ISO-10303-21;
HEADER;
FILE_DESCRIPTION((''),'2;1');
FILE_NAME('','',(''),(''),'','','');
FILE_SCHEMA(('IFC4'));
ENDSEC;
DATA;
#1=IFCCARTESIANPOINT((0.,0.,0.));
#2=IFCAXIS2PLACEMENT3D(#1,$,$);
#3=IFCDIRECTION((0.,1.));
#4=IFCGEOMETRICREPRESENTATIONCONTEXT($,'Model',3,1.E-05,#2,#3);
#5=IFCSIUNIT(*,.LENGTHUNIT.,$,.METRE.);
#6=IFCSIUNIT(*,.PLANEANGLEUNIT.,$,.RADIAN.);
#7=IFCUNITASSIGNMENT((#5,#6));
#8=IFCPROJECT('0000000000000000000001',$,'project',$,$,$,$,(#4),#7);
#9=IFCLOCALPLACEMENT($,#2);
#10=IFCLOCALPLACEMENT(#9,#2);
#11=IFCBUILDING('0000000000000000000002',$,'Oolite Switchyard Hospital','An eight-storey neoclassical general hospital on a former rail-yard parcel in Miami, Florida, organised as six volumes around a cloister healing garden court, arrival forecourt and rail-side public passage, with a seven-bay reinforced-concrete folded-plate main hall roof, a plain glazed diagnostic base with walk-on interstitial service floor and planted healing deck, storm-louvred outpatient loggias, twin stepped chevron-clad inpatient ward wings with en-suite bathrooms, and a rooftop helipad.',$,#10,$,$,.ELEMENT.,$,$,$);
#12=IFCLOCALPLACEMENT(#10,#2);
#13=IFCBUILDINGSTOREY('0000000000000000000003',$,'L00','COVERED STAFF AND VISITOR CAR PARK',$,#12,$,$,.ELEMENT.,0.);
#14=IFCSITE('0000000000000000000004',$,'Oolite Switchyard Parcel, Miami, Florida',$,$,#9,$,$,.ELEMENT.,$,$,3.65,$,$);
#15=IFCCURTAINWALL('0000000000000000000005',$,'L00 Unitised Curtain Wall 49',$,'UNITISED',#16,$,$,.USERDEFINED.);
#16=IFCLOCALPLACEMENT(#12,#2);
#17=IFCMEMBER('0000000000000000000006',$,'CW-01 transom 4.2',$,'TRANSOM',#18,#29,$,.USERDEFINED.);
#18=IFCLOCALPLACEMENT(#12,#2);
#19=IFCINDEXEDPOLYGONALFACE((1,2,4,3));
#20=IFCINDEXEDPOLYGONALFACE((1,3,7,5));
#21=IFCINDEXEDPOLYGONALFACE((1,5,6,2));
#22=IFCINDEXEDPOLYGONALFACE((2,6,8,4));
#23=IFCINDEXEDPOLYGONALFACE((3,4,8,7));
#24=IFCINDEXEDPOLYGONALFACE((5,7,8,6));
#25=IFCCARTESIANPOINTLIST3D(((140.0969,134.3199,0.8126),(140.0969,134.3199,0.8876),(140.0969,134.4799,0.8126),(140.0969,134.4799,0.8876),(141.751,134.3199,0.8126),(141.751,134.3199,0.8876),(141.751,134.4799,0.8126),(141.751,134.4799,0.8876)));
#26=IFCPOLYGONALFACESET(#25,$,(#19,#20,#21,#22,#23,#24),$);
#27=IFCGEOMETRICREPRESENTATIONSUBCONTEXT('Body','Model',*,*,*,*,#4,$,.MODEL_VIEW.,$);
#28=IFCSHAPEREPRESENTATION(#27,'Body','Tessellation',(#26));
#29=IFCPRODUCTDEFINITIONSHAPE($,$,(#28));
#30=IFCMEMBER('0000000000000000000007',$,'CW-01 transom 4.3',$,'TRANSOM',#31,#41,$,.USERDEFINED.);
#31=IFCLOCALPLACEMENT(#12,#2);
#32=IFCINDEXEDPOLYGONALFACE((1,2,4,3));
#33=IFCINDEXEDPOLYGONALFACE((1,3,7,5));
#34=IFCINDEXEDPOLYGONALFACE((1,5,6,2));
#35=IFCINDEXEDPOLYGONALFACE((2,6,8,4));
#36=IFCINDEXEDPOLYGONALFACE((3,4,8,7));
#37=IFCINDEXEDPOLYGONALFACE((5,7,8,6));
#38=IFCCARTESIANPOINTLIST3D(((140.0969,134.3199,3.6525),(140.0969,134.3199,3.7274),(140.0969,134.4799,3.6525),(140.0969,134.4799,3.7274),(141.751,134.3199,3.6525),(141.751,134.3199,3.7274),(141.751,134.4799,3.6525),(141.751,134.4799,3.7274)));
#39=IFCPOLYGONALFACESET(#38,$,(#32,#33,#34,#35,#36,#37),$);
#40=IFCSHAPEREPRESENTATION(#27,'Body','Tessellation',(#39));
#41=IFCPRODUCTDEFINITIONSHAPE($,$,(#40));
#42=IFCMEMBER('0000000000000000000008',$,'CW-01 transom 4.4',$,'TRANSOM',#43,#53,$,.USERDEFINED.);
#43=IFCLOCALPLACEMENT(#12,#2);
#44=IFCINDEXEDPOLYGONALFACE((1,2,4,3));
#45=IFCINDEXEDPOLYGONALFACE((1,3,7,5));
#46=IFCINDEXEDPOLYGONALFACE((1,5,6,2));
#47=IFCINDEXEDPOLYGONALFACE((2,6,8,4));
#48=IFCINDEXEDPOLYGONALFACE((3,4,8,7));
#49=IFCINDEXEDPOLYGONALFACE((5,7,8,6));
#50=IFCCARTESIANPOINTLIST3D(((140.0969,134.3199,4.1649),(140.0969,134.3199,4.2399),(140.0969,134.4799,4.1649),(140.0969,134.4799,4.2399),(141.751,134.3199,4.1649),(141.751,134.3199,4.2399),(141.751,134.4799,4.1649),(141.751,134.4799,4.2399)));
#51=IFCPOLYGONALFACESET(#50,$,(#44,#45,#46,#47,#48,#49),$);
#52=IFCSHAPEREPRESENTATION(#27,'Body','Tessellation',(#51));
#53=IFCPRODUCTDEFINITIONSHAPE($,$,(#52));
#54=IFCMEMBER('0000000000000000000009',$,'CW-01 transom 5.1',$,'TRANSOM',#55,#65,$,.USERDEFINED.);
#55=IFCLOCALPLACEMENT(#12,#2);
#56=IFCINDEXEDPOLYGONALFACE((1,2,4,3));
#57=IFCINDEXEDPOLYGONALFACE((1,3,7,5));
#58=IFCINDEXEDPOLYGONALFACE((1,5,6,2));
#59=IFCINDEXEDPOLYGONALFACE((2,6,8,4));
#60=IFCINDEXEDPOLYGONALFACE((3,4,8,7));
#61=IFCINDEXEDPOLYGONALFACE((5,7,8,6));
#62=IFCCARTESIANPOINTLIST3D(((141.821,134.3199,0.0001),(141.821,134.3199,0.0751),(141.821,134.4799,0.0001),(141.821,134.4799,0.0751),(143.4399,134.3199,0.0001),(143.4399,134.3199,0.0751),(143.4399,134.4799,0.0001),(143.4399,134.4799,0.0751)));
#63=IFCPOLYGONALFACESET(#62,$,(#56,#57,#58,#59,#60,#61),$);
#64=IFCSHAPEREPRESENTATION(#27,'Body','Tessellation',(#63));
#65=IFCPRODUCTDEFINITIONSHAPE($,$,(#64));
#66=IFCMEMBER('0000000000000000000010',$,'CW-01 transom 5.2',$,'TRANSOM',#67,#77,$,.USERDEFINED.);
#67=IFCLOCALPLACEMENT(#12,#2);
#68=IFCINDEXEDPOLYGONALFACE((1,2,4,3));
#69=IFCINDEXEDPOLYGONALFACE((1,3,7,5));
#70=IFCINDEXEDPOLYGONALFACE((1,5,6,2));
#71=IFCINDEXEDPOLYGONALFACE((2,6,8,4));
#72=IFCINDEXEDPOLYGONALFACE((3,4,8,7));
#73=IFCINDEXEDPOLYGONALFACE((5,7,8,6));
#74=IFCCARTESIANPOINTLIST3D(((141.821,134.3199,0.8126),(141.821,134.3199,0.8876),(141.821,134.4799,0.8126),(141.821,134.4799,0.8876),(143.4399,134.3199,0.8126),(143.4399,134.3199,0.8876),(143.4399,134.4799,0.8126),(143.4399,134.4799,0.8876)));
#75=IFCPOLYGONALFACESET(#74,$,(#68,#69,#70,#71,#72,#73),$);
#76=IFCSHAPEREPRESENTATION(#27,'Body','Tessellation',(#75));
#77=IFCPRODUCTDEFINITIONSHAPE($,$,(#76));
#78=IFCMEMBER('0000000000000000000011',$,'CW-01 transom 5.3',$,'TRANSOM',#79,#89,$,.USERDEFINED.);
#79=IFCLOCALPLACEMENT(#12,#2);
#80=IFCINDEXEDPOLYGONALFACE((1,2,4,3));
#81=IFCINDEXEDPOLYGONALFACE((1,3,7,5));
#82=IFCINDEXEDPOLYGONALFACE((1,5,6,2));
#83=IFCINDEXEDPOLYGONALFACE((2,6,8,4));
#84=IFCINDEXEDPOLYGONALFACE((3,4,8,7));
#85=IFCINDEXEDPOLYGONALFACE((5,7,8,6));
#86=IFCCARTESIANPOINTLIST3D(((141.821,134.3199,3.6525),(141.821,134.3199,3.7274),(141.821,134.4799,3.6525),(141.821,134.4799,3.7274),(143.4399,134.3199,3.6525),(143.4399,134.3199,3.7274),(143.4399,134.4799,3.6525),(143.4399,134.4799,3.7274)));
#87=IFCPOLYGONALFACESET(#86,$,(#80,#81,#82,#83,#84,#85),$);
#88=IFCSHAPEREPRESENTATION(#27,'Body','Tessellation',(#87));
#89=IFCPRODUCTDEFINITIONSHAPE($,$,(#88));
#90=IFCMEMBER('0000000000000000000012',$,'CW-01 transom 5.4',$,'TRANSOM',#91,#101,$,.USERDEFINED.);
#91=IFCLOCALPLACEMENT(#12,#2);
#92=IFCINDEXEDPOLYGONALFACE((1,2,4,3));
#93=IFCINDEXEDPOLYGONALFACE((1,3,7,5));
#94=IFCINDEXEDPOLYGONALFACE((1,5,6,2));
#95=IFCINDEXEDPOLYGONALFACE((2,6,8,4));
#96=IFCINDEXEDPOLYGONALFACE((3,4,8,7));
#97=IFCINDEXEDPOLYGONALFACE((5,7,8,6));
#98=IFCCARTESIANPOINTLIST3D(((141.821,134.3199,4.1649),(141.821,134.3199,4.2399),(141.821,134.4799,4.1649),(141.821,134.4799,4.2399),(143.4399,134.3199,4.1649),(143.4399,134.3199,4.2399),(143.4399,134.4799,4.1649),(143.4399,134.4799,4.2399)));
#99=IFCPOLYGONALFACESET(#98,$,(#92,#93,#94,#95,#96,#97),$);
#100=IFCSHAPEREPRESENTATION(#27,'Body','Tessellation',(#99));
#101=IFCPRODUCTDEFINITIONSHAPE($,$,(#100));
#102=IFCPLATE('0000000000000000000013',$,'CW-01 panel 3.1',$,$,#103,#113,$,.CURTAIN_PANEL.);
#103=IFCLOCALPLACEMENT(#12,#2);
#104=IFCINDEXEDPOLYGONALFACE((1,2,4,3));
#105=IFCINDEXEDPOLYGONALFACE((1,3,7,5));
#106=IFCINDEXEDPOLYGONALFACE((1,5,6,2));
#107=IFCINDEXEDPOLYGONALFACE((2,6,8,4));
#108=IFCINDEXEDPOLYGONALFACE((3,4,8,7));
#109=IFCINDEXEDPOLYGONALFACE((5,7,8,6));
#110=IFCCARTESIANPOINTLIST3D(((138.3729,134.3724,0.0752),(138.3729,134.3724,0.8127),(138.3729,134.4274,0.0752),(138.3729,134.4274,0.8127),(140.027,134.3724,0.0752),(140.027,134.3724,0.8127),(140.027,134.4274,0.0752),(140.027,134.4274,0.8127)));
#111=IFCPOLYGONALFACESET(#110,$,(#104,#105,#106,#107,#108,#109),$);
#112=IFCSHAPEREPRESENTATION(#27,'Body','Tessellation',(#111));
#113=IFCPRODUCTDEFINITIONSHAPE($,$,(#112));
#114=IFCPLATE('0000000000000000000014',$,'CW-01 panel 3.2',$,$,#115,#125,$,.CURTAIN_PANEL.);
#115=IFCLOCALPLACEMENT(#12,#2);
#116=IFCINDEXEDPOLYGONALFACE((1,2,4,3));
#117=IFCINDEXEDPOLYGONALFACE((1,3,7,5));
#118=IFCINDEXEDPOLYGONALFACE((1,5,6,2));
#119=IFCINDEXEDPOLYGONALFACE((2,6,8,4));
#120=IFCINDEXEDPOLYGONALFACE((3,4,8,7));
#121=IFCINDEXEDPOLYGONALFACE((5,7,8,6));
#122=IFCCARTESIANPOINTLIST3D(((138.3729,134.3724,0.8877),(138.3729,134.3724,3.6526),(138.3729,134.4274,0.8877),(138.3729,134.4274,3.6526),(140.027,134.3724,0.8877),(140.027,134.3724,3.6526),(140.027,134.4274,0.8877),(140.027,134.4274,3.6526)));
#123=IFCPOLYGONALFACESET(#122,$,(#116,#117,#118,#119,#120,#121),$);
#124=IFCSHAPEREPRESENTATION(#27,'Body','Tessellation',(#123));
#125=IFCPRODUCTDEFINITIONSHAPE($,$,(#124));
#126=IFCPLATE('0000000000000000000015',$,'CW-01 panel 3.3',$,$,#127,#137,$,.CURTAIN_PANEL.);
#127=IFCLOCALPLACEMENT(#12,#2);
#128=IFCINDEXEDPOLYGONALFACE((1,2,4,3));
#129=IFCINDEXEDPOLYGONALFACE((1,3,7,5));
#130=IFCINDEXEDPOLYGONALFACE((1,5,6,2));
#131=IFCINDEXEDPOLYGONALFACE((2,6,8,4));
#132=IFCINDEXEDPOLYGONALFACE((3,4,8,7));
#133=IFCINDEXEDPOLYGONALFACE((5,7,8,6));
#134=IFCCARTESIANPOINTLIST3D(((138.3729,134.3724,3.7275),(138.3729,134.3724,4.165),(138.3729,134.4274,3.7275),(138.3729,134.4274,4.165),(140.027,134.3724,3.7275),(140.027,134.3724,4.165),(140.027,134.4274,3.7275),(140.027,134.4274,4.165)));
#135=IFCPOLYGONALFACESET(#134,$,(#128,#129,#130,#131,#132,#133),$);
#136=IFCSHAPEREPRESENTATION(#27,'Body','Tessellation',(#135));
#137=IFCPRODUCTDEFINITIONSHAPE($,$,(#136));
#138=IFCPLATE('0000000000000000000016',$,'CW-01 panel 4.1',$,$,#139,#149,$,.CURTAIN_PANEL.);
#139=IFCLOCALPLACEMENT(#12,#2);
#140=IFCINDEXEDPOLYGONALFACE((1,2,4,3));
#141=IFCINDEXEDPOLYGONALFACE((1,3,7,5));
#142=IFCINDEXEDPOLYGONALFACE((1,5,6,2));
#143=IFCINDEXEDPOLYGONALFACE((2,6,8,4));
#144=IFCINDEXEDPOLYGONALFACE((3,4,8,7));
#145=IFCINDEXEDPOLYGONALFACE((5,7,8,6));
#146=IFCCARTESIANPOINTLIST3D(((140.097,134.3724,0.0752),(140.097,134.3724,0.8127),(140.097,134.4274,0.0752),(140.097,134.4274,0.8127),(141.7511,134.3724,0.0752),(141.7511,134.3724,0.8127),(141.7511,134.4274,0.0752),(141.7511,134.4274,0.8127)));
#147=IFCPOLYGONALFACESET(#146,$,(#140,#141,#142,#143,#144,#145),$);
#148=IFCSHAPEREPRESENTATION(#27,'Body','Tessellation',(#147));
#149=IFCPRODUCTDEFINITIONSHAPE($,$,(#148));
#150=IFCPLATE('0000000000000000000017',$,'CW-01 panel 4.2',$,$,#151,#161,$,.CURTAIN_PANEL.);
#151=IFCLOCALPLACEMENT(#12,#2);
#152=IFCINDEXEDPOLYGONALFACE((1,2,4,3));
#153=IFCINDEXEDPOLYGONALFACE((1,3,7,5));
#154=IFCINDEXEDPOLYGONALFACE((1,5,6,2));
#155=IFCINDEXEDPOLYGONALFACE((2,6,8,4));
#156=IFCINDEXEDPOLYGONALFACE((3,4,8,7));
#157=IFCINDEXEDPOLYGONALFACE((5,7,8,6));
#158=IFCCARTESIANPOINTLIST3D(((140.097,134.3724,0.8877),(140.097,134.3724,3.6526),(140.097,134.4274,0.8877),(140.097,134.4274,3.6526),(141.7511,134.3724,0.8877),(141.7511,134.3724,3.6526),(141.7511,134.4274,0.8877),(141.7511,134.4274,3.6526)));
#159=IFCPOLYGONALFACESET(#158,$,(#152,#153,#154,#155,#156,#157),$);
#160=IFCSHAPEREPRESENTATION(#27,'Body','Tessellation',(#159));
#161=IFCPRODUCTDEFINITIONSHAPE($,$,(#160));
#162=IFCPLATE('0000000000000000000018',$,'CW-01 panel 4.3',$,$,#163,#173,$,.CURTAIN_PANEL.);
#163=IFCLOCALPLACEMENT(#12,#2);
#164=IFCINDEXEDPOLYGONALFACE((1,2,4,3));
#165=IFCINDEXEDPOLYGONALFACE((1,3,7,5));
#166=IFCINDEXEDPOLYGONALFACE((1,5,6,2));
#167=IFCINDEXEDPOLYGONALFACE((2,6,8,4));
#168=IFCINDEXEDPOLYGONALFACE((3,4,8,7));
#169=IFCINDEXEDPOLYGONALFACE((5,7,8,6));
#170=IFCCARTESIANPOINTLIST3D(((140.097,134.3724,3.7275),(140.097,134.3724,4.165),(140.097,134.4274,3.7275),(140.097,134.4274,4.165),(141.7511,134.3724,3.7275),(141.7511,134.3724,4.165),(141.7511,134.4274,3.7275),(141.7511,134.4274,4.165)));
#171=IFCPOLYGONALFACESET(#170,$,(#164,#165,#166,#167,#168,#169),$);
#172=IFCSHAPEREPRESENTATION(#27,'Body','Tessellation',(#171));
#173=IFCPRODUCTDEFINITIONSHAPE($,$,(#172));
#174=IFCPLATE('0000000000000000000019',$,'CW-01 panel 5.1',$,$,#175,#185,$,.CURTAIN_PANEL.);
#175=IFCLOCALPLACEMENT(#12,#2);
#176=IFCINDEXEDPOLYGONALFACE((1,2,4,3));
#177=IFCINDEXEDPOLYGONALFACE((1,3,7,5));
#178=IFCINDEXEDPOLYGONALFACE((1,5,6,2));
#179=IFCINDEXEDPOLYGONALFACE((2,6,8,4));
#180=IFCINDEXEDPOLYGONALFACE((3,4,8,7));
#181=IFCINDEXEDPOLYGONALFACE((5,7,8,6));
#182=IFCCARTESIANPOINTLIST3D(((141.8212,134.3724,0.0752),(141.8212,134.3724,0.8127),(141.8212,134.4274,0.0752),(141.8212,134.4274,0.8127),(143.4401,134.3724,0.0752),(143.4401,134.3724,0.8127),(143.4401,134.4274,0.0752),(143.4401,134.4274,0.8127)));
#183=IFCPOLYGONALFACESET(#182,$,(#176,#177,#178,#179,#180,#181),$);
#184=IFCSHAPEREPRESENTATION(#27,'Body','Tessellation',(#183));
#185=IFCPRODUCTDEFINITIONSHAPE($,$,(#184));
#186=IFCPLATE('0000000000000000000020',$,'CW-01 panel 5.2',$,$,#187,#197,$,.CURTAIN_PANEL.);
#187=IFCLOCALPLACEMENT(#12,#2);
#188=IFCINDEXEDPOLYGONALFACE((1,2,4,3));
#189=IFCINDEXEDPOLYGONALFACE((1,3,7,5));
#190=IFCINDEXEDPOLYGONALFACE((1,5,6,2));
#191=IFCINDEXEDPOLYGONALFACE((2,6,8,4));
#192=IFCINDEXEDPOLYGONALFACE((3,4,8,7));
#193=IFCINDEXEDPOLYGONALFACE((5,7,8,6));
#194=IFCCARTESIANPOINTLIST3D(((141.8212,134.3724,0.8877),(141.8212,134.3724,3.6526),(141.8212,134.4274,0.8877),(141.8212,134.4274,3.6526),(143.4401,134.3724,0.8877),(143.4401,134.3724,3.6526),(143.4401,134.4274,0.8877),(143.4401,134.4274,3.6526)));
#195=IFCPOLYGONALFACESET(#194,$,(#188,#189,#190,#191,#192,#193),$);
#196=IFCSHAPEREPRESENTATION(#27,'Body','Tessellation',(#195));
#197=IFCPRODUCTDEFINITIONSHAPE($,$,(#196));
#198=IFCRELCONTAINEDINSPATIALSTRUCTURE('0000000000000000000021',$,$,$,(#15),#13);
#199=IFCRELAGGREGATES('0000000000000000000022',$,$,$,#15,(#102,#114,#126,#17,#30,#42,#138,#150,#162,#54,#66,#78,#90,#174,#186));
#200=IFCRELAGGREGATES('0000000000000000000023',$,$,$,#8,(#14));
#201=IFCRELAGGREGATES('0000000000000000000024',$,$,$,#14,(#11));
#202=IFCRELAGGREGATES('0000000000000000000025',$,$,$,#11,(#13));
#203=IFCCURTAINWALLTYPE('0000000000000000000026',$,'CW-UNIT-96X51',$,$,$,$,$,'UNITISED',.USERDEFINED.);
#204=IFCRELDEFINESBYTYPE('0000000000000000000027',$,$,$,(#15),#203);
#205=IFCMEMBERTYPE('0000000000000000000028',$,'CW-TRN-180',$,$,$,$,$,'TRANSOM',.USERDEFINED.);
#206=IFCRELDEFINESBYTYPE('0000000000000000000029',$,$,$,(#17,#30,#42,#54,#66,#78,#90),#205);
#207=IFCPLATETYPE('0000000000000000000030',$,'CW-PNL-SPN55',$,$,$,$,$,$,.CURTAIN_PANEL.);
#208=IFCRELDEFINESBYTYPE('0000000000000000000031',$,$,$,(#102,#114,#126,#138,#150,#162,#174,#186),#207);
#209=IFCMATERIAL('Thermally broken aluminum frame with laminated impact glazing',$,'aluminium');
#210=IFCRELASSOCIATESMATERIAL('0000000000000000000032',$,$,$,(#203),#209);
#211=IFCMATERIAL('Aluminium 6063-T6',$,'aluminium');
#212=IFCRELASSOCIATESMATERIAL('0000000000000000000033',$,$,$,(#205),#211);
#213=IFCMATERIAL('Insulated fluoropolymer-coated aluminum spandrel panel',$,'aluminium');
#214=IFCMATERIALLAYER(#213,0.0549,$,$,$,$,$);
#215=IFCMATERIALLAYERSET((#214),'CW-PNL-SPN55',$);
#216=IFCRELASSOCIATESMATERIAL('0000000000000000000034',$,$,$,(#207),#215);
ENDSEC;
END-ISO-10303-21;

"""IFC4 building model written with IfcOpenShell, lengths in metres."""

from ifc_helpers import new_model, si_unit, direction, frame, origin, origin_2d, place, context, subcontext, project, spatial, rectangle, extrude, material, layer, layer_set, material_profile, profile_set, type_object, element, aggregate, save


model = new_model("IFC4")

# Units and contexts
model_context = context("Model", 3, precision=1e-05, world=origin(), true_north=direction((0.0, 1.0)))
body_context = subcontext(model_context, "Body", "Model", "MODEL_VIEW")
ifc_project = project(units=[si_unit("LENGTHUNIT", "METRE"), si_unit("PLANEANGLEUNIT", "RADIAN")], contexts=[model_context])

# Site, building, storey
site_placement = place(None, origin())
site = spatial("IfcSite", under=ifc_project, at=site_placement, Name="Oolite Switchyard Parcel, Miami, Florida", CompositionType="ELEMENT", RefElevation=3.65)
building_placement = place(site_placement, origin())
building = spatial("IfcBuilding", under=site, at=building_placement, Name="Oolite Switchyard Hospital", Description="An eight-storey neoclassical general hospital on a former rail-yard parcel in Miami, Florida, organised as six volumes around a cloister healing garden court, arrival forecourt and rail-side public passage, with a seven-bay reinforced-concrete folded-plate main hall roof, a plain glazed diagnostic base with walk-on interstitial service floor and planted healing deck, storm-louvred outpatient loggias, twin stepped chevron-clad inpatient ward wings with en-suite bathrooms, and a rooftop helipad.", CompositionType="ELEMENT")
storey_placement = place(building_placement, origin())
storey = spatial("IfcBuildingStorey", under=building, at=storey_placement, Name="L00", Description="COVERED STAFF AND VISITOR CAR PARK", CompositionType="ELEMENT", Elevation=0.0)

# Curtain wall, members, plates
ifc_material_1 = material(Name="Thermally broken aluminum frame with laminated impact glazing", Category="aluminium")
curtain_wall_type = type_object("IfcCurtainWallType", Name="CW-UNIT-96X51", ElementType="UNITISED", PredefinedType="USERDEFINED", material=ifc_material_1)
curtain_wall_placement = place(storey_placement, origin())
curtain_wall = element("IfcCurtainWall", 1, at=curtain_wall_placement, inside=storey, type_object=curtain_wall_type, Name="L00 Unitised Curtain Wall 49", ObjectType="UNITISED", PredefinedType="USERDEFINED")
ifc_material_2 = material(Name="Aluminium 6063-T6", Category="aluminium")
ifc_material_profile_1 = material_profile(ifc_material_2, rectangle(XDim=0.1599, YDim=0.075, at=origin_2d()), Name="CWT75X160")
ifc_profile_set_1 = profile_set([ifc_material_profile_1], Name="Aluminium 6063-T6")
member_type_1 = type_object("IfcMemberType", Name="CW-TRN-180", ElementType="TRANSOM", PredefinedType="USERDEFINED", material=ifc_profile_set_1)
member_1_placement = place(storey_placement, frame((140.0969, 134.3999, 0.8501), z_axis=(1.0, 0.0, 0.0), x_axis=(0.0, 1.0, 0.0)))
member_1 = element("IfcMember", 2, at=member_1_placement, type_object=member_type_1, Name="CW-01 transom 4.2", ObjectType="TRANSOM", PredefinedType="USERDEFINED", context=body_context, shape_type="SweptSolid", body=[
    extrude(rectangle(XDim=0.1599, YDim=0.075, at=origin_2d()), origin(), (0.0, 0.0, 1.0), 1.6541),
])
member_2_placement = place(storey_placement, frame((140.0969, 134.3999, 3.6899), z_axis=(1.0, 0.0, 0.0), x_axis=(0.0, 1.0, 0.0)))
member_2 = element("IfcMember", 3, at=member_2_placement, type_object=member_type_1, Name="CW-01 transom 4.3", ObjectType="TRANSOM", PredefinedType="USERDEFINED", context=body_context, shape_type="SweptSolid", body=[
    extrude(rectangle(XDim=0.1599, YDim=0.075, at=origin_2d()), origin(), (0.0, 0.0, 1.0), 1.6541),
])
member_3_placement = place(storey_placement, frame((140.0969, 134.3999, 4.2024), z_axis=(1.0, 0.0, 0.0), x_axis=(0.0, 1.0, 0.0)))
member_3 = element("IfcMember", 4, at=member_3_placement, type_object=member_type_1, Name="CW-01 transom 4.4", ObjectType="TRANSOM", PredefinedType="USERDEFINED", context=body_context, shape_type="SweptSolid", body=[
    extrude(rectangle(XDim=0.1599, YDim=0.075, at=origin_2d()), origin(), (0.0, 0.0, 1.0), 1.6541),
])
member_4_placement = place(storey_placement, frame((141.821, 134.3999, 0.0376), z_axis=(1.0, 0.0, 0.0), x_axis=(0.0, 1.0, 0.0)))
member_4 = element("IfcMember", 5, at=member_4_placement, type_object=member_type_1, Name="CW-01 transom 5.1", ObjectType="TRANSOM", PredefinedType="USERDEFINED", context=body_context, shape_type="SweptSolid", body=[
    extrude(rectangle(XDim=0.1599, YDim=0.075, at=origin_2d()), origin(), (0.0, 0.0, 1.0), 1.6189),
])
member_5_placement = place(storey_placement, frame((141.821, 134.3999, 0.8501), z_axis=(1.0, 0.0, 0.0), x_axis=(0.0, 1.0, 0.0)))
member_5 = element("IfcMember", 6, at=member_5_placement, type_object=member_type_1, Name="CW-01 transom 5.2", ObjectType="TRANSOM", PredefinedType="USERDEFINED", context=body_context, shape_type="SweptSolid", body=[
    extrude(rectangle(XDim=0.1599, YDim=0.075, at=origin_2d()), origin(), (0.0, 0.0, 1.0), 1.6189),
])
member_6_placement = place(storey_placement, frame((141.821, 134.3999, 3.6899), z_axis=(1.0, 0.0, 0.0), x_axis=(0.0, 1.0, 0.0)))
member_6 = element("IfcMember", 7, at=member_6_placement, type_object=member_type_1, Name="CW-01 transom 5.3", ObjectType="TRANSOM", PredefinedType="USERDEFINED", context=body_context, shape_type="SweptSolid", body=[
    extrude(rectangle(XDim=0.1599, YDim=0.075, at=origin_2d()), origin(), (0.0, 0.0, 1.0), 1.6189),
])
member_7_placement = place(storey_placement, frame((141.821, 134.3999, 4.2024), z_axis=(1.0, 0.0, 0.0), x_axis=(0.0, 1.0, 0.0)))
member_7 = element("IfcMember", 8, at=member_7_placement, type_object=member_type_1, Name="CW-01 transom 5.4", ObjectType="TRANSOM", PredefinedType="USERDEFINED", context=body_context, shape_type="SweptSolid", body=[
    extrude(rectangle(XDim=0.1599, YDim=0.075, at=origin_2d()), origin(), (0.0, 0.0, 1.0), 1.6189),
])
ifc_material_3 = material(Name="Insulated fluoropolymer-coated aluminum spandrel panel", Category="aluminium")
ifc_layer = layer(ifc_material_3, 0.0549)
ifc_layer_set = layer_set([ifc_layer], Name="CW-PNL-SPN55")
plate_type = type_object("IfcPlateType", Name="CW-PNL-SPN55", PredefinedType="CURTAIN_PANEL", material=ifc_layer_set)
plate_1_placement = place(storey_placement, frame((139.2, 134.3999, 0.0752), z_axis=(0.0, 0.0, 1.0), x_axis=(1.0, 0.0, 0.0)))
plate_1 = element("IfcPlate", 9, at=plate_1_placement, type_object=plate_type, Name="CW-01 panel 3.1", PredefinedType="CURTAIN_PANEL", context=body_context, shape_type="SweptSolid", body=[
    extrude(rectangle(XDim=1.6541, YDim=0.0549, at=origin_2d()), origin(), (0.0, 0.0, 1.0), 0.7375),
])
plate_2_placement = place(storey_placement, frame((139.2, 134.3999, 0.8877), z_axis=(0.0, 0.0, 1.0), x_axis=(1.0, 0.0, 0.0)))
plate_2 = element("IfcPlate", 10, at=plate_2_placement, type_object=plate_type, Name="CW-01 panel 3.2", PredefinedType="CURTAIN_PANEL", context=body_context, shape_type="SweptSolid", body=[
    extrude(rectangle(XDim=1.6541, YDim=0.0549, at=origin_2d()), origin(), (0.0, 0.0, 1.0), 2.7649),
])
plate_3_placement = place(storey_placement, frame((139.2, 134.3999, 3.7275), z_axis=(0.0, 0.0, 1.0), x_axis=(1.0, 0.0, 0.0)))
plate_3 = element("IfcPlate", 11, at=plate_3_placement, type_object=plate_type, Name="CW-01 panel 3.3", PredefinedType="CURTAIN_PANEL", context=body_context, shape_type="SweptSolid", body=[
    extrude(rectangle(XDim=1.6541, YDim=0.0549, at=origin_2d()), origin(), (0.0, 0.0, 1.0), 0.4375),
])
plate_4_placement = place(storey_placement, frame((140.9241, 134.3999, 0.0752), z_axis=(0.0, 0.0, 1.0), x_axis=(1.0, 0.0, 0.0)))
plate_4 = element("IfcPlate", 12, at=plate_4_placement, type_object=plate_type, Name="CW-01 panel 4.1", PredefinedType="CURTAIN_PANEL", context=body_context, shape_type="SweptSolid", body=[
    extrude(rectangle(XDim=1.6541, YDim=0.0549, at=origin_2d()), origin(), (0.0, 0.0, 1.0), 0.7375),
])
plate_5_placement = place(storey_placement, frame((140.9241, 134.3999, 0.8877), z_axis=(0.0, 0.0, 1.0), x_axis=(1.0, 0.0, 0.0)))
plate_5 = element("IfcPlate", 13, at=plate_5_placement, type_object=plate_type, Name="CW-01 panel 4.2", PredefinedType="CURTAIN_PANEL", context=body_context, shape_type="SweptSolid", body=[
    extrude(rectangle(XDim=1.6541, YDim=0.0549, at=origin_2d()), origin(), (0.0, 0.0, 1.0), 2.7649),
])
plate_6_placement = place(storey_placement, frame((140.9241, 134.3999, 3.7275), z_axis=(0.0, 0.0, 1.0), x_axis=(1.0, 0.0, 0.0)))
plate_6 = element("IfcPlate", 14, at=plate_6_placement, type_object=plate_type, Name="CW-01 panel 4.3", PredefinedType="CURTAIN_PANEL", context=body_context, shape_type="SweptSolid", body=[
    extrude(rectangle(XDim=1.6541, YDim=0.0549, at=origin_2d()), origin(), (0.0, 0.0, 1.0), 0.4375),
])
plate_7_placement = place(storey_placement, frame((142.6306, 134.3999, 0.0752), z_axis=(0.0, 0.0, 1.0), x_axis=(1.0, 0.0, 0.0)))
plate_7 = element("IfcPlate", 15, at=plate_7_placement, type_object=plate_type, Name="CW-01 panel 5.1", PredefinedType="CURTAIN_PANEL", context=body_context, shape_type="SweptSolid", body=[
    extrude(rectangle(XDim=1.6189, YDim=0.0549, at=origin_2d()), origin(), (0.0, 0.0, 1.0), 0.7375),
])
plate_8_placement = place(storey_placement, frame((142.6306, 134.3999, 0.8877), z_axis=(0.0, 0.0, 1.0), x_axis=(1.0, 0.0, 0.0)))
plate_8 = element("IfcPlate", 16, at=plate_8_placement, type_object=plate_type, Name="CW-01 panel 5.2", PredefinedType="CURTAIN_PANEL", context=body_context, shape_type="SweptSolid", body=[
    extrude(rectangle(XDim=1.6189, YDim=0.0549, at=origin_2d()), origin(), (0.0, 0.0, 1.0), 2.7649),
])
aggregate(curtain_wall, [plate_1, plate_2, plate_3, member_1, member_2, member_3, plate_4, plate_5, plate_6, member_4, member_5, member_6, member_7, plate_7, plate_8])

save(model, "model.ifc")
